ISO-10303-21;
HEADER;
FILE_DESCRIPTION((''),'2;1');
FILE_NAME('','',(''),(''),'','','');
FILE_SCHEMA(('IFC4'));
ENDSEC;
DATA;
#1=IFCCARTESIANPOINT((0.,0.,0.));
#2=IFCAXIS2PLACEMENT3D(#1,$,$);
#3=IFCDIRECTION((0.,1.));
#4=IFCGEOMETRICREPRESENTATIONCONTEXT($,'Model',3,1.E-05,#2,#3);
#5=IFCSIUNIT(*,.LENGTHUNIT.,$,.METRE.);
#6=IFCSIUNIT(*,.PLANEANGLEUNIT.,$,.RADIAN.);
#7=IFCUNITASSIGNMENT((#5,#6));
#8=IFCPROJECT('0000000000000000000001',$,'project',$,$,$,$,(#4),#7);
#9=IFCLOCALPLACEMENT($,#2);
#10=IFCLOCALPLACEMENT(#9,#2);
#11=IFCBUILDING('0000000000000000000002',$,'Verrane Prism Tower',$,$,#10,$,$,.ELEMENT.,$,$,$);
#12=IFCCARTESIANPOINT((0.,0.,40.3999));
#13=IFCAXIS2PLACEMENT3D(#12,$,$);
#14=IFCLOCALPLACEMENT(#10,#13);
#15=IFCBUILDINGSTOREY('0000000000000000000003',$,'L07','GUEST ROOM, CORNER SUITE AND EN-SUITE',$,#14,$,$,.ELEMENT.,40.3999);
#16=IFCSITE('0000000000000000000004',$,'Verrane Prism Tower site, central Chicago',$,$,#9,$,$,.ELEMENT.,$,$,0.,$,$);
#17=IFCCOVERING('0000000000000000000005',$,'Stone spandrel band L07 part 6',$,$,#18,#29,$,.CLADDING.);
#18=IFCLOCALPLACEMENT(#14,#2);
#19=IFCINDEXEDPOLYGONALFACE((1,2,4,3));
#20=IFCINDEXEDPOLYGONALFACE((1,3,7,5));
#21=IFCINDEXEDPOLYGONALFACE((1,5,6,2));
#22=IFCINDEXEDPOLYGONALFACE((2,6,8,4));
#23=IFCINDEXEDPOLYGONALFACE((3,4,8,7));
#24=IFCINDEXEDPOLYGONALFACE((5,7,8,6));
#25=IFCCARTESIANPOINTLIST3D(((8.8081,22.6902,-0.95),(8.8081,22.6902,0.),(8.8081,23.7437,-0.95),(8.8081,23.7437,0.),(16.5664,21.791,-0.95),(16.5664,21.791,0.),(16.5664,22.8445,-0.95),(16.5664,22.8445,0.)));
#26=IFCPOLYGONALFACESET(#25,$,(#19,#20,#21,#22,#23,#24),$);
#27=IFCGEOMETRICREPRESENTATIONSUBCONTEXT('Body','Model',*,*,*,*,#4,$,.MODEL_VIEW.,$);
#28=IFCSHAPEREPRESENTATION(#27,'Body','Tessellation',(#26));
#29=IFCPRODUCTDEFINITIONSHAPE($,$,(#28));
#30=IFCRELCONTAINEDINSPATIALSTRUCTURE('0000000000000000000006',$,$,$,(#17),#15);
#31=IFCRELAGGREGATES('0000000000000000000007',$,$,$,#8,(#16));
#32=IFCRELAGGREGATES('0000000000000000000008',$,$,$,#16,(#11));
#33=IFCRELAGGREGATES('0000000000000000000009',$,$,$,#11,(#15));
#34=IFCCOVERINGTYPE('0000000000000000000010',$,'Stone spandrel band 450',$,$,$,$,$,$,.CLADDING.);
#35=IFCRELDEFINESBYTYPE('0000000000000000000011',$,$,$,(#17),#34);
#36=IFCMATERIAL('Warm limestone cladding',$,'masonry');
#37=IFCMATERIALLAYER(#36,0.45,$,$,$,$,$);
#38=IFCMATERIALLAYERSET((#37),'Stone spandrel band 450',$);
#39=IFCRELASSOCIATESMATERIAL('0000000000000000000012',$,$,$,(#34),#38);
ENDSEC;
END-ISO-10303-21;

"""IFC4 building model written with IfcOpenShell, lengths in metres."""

from ifc_helpers import new_model, si_unit, direction, frame, origin, place, context, subcontext, project, spatial, polyline, outline, extrude, material, layer, layer_set, type_object, element, save


model = new_model("IFC4")

# Units and contexts
model_context = context("Model", 3, precision=1e-05, world=origin(), true_north=direction((0.0, 1.0)))
body_context = subcontext(model_context, "Body", "Model", "MODEL_VIEW")
ifc_project = project(units=[si_unit("LENGTHUNIT", "METRE"), si_unit("PLANEANGLEUNIT", "RADIAN")], contexts=[model_context])

# Site, building, storey
site_placement = place(None, origin())
site = spatial("IfcSite", under=ifc_project, at=site_placement, Name="Verrane Prism Tower site, central Chicago", CompositionType="ELEMENT", RefElevation=0.0)
building_placement = place(site_placement, origin())
building = spatial("IfcBuilding", under=site, at=building_placement, Name="Verrane Prism Tower", CompositionType="ELEMENT")
storey_placement = place(building_placement, frame((0.0, 0.0, 40.3999)))
storey = spatial("IfcBuildingStorey", under=building, at=storey_placement, Name="L07", Description="GUEST ROOM, CORNER SUITE AND EN-SUITE", CompositionType="ELEMENT", Elevation=40.3999)

# Covering
ifc_material_1 = material(Name="Warm limestone cladding", Category="masonry")
ifc_layer_1 = layer(ifc_material_1, 0.45)
ifc_layer_set_1 = layer_set([ifc_layer_1], Name="Stone spandrel band 450")
covering_type = type_object("IfcCoveringType", Name="Stone spandrel band 450", PredefinedType="CLADDING", material=ifc_layer_set_1)
covering_1_placement = place(storey_placement, frame((0.0, 0.0, -0.95)))
element("IfcCovering", 1, at=covering_1_placement, inside=storey, type_object=covering_type, Name="Stone spandrel band L07 part 6", PredefinedType="CLADDING", context=body_context, shape_type="SweptSolid", body=[
    extrude(outline(polyline([(8.8081, 22.6902), (16.5664, 21.791), (16.5664, 22.8445), (8.8081, 23.7437), (8.8081, 22.6902)])), origin(), (0.0, 0.0, 1.0), 0.95),
])

save(model, "model.ifc")
